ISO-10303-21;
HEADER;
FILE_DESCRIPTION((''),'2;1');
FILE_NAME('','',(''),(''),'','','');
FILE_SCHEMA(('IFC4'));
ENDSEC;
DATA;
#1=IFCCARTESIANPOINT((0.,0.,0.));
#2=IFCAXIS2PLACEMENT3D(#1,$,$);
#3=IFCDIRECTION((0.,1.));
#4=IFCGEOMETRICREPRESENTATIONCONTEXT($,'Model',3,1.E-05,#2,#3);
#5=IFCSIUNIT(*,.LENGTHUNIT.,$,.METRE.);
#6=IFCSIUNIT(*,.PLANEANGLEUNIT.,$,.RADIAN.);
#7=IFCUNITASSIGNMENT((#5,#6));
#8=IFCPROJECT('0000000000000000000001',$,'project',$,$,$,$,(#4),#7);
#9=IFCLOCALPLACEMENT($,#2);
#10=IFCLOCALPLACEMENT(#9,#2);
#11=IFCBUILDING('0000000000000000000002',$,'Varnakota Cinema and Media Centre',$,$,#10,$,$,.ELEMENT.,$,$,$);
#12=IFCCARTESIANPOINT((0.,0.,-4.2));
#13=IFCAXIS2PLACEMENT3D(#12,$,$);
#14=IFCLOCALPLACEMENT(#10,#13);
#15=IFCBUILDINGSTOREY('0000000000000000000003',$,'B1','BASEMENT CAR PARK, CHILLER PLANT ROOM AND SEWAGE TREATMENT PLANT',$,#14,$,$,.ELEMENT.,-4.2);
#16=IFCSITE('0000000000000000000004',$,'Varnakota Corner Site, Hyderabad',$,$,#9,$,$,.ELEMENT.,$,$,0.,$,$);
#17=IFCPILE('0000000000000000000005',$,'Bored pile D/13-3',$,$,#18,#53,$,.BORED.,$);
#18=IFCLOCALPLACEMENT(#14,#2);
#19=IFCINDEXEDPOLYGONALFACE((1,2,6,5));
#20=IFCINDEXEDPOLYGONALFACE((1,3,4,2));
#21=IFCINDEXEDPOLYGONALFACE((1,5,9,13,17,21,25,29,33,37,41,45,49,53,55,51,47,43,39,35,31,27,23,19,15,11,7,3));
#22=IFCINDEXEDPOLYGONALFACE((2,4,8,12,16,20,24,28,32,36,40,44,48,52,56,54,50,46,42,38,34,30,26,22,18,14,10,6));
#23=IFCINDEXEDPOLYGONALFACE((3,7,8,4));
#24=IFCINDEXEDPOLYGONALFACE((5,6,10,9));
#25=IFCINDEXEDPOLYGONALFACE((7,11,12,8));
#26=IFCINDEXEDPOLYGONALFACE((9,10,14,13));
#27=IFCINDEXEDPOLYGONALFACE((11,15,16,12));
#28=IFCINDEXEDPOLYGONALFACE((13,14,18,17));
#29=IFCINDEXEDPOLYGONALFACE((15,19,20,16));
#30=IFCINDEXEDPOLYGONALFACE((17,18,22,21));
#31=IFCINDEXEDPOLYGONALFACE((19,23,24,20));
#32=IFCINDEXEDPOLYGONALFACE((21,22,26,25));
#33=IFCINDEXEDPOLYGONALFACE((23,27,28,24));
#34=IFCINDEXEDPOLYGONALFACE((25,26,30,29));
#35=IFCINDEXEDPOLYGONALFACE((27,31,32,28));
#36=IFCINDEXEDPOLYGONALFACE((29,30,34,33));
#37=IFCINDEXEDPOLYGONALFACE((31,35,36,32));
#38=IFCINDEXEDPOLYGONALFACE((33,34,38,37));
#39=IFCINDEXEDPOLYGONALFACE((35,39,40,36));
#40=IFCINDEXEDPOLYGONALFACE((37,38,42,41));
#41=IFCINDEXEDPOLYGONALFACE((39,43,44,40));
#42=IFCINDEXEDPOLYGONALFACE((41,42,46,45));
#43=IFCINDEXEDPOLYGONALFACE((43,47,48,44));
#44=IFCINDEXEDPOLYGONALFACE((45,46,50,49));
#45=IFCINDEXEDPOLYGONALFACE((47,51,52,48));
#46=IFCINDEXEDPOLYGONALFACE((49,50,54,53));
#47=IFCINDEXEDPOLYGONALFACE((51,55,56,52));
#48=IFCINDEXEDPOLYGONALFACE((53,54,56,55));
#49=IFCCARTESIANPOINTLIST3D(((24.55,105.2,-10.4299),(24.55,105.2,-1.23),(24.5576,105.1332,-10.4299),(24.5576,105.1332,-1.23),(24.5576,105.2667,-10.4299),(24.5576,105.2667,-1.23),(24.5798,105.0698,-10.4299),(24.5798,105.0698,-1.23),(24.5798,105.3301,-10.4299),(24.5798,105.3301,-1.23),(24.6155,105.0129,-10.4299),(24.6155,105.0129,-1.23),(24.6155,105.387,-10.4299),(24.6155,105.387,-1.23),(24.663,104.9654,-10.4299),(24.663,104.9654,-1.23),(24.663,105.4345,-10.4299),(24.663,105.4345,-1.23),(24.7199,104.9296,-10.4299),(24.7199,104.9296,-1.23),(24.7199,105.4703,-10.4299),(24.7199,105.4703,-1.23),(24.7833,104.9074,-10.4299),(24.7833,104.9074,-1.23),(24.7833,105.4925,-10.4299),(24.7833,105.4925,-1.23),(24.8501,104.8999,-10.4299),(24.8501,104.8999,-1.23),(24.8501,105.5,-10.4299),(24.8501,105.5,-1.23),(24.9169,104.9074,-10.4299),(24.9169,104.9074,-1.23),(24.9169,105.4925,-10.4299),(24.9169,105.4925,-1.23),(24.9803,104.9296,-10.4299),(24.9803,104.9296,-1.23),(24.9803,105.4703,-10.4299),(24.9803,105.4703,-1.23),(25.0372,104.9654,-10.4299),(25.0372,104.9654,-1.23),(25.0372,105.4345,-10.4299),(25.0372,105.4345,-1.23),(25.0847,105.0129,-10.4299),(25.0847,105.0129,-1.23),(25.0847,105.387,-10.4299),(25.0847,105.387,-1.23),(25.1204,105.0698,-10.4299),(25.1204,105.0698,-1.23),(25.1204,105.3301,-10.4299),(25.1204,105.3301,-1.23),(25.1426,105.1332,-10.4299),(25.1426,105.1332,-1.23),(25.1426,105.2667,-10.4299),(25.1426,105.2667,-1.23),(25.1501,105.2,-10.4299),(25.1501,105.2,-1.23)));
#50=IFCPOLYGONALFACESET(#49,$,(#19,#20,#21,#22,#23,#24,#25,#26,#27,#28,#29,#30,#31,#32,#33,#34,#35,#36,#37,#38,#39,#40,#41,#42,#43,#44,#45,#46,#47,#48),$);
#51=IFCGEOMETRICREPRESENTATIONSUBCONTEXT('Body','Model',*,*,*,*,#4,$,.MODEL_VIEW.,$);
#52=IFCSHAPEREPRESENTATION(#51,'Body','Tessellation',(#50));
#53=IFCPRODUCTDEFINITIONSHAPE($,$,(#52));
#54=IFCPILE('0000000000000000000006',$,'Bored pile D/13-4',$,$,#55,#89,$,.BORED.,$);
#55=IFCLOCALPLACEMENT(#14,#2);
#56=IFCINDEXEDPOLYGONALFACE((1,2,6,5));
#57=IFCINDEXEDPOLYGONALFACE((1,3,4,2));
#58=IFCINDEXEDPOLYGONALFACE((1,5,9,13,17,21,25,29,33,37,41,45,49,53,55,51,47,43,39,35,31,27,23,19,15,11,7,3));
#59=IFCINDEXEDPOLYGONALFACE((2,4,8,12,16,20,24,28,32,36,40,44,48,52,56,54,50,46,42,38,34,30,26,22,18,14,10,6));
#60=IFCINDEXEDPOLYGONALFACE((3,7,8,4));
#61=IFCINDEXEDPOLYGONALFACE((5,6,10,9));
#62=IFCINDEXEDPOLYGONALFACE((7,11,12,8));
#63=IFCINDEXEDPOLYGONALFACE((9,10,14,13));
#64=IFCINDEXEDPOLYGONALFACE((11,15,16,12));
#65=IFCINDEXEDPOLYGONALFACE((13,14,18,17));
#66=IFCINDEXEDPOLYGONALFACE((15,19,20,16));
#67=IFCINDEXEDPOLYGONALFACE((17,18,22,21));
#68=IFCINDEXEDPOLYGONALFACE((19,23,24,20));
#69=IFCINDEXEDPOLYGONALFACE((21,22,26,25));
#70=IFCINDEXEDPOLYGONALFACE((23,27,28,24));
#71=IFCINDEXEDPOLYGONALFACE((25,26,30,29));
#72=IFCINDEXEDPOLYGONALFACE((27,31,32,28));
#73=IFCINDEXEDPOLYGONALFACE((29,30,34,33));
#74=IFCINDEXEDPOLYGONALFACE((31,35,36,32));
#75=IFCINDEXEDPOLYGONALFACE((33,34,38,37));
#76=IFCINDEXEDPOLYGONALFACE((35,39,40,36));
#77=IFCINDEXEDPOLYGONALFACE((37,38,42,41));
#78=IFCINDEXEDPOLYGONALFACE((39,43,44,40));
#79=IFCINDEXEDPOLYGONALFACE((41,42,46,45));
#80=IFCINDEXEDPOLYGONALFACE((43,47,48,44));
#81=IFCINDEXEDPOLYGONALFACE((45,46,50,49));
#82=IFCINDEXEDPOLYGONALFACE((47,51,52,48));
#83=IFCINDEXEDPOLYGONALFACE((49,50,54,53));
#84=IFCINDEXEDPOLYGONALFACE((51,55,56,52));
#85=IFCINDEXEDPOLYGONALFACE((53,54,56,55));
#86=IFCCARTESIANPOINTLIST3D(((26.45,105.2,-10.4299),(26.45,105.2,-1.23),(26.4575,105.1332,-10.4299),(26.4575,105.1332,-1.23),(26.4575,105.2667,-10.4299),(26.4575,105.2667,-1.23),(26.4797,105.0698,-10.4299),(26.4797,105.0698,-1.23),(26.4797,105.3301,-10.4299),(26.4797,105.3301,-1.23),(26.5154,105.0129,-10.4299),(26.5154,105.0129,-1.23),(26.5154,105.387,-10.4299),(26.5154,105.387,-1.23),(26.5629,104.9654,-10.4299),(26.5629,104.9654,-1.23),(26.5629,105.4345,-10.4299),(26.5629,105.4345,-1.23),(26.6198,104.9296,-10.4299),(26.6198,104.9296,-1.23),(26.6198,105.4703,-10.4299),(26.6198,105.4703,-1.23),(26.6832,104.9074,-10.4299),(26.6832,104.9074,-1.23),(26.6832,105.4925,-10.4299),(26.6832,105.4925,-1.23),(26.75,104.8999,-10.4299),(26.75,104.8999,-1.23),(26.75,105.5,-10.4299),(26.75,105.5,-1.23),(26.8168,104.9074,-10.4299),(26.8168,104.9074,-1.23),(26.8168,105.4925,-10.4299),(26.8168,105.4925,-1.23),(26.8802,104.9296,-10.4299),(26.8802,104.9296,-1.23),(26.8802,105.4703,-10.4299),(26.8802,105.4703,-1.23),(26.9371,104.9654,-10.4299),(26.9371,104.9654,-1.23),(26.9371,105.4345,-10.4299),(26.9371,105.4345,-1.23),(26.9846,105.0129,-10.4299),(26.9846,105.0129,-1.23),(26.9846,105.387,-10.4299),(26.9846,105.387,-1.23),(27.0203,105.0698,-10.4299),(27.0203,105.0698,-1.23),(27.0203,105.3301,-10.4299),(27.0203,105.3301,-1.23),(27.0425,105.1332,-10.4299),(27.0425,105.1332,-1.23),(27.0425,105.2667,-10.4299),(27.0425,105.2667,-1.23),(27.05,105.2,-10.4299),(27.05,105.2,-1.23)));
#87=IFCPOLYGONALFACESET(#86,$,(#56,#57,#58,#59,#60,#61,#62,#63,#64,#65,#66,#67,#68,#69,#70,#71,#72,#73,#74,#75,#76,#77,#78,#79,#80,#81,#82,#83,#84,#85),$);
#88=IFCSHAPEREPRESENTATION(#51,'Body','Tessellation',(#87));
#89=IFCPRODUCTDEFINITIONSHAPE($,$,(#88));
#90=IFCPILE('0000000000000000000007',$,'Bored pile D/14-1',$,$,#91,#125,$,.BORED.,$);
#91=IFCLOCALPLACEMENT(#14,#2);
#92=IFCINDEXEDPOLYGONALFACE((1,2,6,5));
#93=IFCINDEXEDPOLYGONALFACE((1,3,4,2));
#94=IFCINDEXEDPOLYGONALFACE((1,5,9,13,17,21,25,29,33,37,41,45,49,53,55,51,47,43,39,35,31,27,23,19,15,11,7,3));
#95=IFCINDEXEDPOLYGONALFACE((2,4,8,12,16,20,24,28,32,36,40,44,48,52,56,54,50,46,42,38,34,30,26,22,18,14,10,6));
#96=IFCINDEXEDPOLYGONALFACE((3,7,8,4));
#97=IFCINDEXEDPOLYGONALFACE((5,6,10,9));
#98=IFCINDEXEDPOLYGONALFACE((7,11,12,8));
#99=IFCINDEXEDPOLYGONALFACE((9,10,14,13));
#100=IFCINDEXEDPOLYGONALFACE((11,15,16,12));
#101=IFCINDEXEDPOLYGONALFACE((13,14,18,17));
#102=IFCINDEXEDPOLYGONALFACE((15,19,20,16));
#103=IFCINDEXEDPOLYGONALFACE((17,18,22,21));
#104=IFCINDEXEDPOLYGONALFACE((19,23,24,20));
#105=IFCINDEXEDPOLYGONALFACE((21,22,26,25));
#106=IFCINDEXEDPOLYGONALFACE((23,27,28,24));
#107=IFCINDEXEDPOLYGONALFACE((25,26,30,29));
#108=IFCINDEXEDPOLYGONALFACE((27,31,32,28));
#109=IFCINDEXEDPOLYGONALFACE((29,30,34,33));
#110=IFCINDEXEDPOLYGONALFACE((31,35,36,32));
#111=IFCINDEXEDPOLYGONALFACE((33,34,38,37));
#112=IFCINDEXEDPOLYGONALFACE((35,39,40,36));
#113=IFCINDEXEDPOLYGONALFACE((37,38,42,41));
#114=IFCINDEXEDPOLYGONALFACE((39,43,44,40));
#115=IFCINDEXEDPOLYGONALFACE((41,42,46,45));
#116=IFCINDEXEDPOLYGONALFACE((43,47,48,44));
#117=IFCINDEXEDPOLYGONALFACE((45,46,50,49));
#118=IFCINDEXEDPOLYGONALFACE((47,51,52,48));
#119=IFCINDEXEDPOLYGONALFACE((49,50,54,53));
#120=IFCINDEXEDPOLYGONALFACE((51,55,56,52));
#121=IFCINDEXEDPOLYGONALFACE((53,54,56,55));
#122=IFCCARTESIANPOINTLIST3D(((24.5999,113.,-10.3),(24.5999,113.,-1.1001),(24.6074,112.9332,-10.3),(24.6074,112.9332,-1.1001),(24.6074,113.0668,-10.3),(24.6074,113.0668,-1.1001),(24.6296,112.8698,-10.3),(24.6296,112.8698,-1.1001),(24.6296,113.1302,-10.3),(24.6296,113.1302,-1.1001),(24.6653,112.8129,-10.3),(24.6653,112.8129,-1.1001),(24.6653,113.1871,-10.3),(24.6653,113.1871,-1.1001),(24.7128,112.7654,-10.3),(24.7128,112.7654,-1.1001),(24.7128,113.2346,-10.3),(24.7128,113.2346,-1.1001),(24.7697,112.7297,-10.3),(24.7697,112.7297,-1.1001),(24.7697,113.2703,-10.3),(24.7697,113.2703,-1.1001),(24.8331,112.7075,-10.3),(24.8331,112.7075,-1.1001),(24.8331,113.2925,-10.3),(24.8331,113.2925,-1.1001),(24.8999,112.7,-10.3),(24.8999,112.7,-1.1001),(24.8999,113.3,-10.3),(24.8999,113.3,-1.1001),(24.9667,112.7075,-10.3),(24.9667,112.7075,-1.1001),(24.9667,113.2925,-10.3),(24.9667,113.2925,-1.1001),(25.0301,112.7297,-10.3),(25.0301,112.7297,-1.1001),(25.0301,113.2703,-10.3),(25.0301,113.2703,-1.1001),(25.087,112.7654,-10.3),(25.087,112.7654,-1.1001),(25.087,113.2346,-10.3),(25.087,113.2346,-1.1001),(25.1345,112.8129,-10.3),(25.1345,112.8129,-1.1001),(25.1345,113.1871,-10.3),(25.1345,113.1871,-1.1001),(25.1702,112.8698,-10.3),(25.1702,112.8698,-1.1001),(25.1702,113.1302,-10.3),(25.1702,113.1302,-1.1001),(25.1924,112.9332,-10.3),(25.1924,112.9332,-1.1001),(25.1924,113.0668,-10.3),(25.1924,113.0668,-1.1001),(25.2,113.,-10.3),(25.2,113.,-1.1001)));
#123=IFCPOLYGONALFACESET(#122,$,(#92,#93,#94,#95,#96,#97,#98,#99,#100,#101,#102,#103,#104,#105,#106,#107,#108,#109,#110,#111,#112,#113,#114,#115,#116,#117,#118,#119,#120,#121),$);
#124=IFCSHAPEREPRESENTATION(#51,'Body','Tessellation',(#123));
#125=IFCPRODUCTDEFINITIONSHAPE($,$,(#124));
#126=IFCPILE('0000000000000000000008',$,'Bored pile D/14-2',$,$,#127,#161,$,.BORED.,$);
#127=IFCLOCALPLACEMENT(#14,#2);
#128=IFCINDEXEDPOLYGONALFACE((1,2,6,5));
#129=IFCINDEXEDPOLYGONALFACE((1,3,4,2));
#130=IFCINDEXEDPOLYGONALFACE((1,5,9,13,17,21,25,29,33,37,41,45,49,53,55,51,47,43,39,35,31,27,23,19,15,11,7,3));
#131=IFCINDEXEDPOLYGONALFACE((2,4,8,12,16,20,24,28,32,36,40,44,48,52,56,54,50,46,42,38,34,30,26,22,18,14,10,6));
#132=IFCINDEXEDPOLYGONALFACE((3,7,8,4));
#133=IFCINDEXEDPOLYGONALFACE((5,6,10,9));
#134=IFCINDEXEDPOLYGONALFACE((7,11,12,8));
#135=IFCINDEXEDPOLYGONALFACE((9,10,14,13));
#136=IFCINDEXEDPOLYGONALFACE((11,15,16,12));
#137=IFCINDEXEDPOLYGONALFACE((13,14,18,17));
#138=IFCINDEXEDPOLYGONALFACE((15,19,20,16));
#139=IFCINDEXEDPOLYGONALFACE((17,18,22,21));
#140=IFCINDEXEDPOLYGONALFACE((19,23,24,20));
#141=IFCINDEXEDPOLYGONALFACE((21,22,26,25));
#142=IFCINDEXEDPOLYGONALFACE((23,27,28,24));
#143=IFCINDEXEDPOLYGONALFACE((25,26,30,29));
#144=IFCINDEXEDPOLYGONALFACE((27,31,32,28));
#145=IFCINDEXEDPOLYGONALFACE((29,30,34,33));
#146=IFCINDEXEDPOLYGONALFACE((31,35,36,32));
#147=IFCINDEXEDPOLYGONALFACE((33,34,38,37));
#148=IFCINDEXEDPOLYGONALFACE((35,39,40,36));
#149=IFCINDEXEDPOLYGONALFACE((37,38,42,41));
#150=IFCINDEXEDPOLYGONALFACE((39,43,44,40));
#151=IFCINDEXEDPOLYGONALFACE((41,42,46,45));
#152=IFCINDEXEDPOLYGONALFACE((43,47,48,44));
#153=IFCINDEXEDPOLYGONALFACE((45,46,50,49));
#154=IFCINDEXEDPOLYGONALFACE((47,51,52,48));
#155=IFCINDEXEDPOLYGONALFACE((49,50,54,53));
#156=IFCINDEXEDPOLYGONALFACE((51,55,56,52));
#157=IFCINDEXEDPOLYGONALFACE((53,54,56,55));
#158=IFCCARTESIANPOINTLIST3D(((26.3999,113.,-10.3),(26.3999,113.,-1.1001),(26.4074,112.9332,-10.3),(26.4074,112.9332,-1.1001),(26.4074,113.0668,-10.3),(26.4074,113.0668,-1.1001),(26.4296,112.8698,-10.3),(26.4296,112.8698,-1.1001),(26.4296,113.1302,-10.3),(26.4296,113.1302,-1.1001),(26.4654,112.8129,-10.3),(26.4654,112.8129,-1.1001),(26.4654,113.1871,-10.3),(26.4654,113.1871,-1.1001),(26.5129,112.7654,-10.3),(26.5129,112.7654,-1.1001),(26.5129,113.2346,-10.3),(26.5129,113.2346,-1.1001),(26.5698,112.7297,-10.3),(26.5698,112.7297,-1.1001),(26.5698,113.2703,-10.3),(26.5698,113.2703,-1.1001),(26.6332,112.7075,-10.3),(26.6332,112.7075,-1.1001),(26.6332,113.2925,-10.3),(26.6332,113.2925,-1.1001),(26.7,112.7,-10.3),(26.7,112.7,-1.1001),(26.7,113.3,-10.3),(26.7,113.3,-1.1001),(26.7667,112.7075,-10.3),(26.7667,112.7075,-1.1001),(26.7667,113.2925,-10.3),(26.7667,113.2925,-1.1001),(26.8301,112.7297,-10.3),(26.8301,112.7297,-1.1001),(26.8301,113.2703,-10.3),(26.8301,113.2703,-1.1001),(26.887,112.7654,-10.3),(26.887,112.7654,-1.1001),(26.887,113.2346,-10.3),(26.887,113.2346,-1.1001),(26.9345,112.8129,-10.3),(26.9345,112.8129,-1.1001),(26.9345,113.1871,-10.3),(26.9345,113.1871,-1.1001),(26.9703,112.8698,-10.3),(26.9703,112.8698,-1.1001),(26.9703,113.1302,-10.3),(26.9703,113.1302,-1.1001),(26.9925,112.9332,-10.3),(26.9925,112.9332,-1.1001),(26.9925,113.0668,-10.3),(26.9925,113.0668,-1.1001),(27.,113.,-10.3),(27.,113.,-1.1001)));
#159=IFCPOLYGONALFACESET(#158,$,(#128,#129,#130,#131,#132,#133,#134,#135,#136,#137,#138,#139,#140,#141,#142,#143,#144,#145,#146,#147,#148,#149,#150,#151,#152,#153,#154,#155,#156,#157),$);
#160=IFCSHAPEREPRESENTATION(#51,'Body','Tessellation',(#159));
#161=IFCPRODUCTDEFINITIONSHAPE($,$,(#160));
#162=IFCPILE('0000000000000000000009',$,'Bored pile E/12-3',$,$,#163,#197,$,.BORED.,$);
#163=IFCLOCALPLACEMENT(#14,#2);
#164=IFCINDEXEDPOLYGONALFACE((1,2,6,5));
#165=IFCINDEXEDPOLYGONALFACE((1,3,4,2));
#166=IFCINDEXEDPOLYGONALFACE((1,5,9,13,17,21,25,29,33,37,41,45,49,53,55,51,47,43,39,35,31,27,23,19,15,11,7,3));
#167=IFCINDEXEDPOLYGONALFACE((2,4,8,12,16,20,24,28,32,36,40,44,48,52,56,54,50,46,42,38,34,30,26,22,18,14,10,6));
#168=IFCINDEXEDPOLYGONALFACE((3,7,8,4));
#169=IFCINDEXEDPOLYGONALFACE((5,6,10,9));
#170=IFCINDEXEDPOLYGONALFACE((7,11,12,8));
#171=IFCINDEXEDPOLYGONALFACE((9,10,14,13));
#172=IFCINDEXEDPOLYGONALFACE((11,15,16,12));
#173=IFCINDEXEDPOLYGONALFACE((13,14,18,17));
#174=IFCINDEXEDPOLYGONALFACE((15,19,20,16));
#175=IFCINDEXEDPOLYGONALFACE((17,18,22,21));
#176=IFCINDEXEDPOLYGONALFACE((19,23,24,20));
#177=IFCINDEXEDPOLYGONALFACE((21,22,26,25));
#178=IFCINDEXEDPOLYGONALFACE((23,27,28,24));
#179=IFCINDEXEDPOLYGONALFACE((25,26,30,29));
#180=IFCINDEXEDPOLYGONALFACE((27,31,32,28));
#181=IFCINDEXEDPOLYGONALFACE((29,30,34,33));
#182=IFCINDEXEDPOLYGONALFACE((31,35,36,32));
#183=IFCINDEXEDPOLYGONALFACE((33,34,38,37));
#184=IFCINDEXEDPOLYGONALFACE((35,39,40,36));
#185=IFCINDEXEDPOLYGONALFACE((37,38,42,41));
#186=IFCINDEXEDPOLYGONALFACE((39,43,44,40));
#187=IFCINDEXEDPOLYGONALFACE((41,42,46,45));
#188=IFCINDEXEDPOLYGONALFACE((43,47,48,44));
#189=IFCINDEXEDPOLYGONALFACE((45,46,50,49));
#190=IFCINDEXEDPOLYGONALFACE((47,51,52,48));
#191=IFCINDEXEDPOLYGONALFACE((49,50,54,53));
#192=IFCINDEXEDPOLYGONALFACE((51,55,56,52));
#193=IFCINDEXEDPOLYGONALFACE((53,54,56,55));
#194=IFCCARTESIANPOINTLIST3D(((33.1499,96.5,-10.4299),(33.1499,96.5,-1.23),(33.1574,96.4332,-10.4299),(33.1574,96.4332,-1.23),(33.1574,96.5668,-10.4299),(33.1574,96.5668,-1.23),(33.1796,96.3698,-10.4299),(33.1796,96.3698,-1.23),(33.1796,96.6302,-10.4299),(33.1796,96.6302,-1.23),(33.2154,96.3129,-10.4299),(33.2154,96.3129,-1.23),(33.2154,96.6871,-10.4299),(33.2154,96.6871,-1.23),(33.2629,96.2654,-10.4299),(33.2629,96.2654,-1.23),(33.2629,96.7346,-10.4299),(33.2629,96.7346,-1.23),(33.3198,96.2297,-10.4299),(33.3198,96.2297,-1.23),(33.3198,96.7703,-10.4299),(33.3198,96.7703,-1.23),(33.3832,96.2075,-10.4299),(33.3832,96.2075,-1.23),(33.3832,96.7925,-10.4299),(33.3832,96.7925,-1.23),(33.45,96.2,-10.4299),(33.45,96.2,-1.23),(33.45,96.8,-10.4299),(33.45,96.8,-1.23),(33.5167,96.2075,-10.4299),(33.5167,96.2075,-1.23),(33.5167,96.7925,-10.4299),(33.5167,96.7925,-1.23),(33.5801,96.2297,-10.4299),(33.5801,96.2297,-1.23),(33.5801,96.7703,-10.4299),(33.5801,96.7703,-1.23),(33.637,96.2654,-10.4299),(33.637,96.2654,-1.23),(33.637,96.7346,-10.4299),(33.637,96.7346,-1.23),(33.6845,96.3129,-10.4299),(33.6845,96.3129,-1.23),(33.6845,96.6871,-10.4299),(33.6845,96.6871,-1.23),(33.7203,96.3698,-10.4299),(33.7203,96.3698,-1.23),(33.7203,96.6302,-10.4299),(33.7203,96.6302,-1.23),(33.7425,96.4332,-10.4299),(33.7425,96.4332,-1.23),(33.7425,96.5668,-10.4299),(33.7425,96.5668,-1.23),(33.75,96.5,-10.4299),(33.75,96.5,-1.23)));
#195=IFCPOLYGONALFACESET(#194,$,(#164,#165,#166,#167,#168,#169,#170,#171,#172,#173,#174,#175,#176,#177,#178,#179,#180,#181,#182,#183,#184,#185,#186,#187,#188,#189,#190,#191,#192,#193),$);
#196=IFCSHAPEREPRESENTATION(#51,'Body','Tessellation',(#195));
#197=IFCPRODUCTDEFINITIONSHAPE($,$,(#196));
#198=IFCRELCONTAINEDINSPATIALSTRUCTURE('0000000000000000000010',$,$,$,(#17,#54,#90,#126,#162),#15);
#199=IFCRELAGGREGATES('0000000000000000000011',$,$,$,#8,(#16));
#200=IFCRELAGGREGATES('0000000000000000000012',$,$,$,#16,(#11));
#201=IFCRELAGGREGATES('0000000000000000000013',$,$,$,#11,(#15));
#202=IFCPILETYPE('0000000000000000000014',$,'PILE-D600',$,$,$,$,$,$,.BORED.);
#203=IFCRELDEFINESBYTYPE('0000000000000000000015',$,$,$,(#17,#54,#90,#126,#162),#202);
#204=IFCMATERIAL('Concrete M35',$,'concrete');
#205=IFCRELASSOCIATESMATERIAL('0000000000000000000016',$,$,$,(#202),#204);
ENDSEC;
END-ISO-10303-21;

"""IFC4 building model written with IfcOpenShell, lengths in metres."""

from ifc_helpers import new_model, si_unit, direction, frame, origin, origin_2d, place, context, subcontext, project, spatial, circle, extrude, material, material_profile, profile_set, type_object, element, save


model = new_model("IFC4")

# Units and contexts
model_context = context("Model", 3, precision=1e-05, world=origin(), true_north=direction((0.0, 1.0)))
body_context = subcontext(model_context, "Body", "Model", "MODEL_VIEW")
ifc_project = project(units=[si_unit("LENGTHUNIT", "METRE"), si_unit("PLANEANGLEUNIT", "RADIAN")], contexts=[model_context])

# Site, building, storey
site_placement = place(None, origin())
site = spatial("IfcSite", under=ifc_project, at=site_placement, Name="Varnakota Corner Site, Hyderabad", CompositionType="ELEMENT", RefElevation=0.0)
building_placement = place(site_placement, origin())
building = spatial("IfcBuilding", under=site, at=building_placement, Name="Varnakota Cinema and Media Centre", CompositionType="ELEMENT")
storey_placement = place(building_placement, frame((0.0, 0.0, -4.2)))
storey = spatial("IfcBuildingStorey", under=building, at=storey_placement, Name="B1", Description="BASEMENT CAR PARK, CHILLER PLANT ROOM AND SEWAGE TREATMENT PLANT", CompositionType="ELEMENT", Elevation=-4.2)

# Piles
ifc_material_1 = material(Name="Concrete M35", Category="concrete")
ifc_material_profile_1 = material_profile(ifc_material_1, circle(Radius=0.3, at=origin_2d()), Name="PILE D600")
ifc_profile_set_1 = profile_set([ifc_material_profile_1], Name="Concrete M35")
pile_type_1 = type_object("IfcPileType", Name="PILE-D600", PredefinedType="BORED", material=ifc_profile_set_1)
for number, where, z_axis, x_axis, name in (
    (1, (24.8501, 105.2, -1.23), (0.0, 0.0, -1.0), (1.0, 0.0, 0.0), "Bored pile D/13-3"),
    (2, (26.75, 105.2, -1.23), (0.0, 0.0, -1.0), (1.0, 0.0, 0.0), "Bored pile D/13-4"),
    (3, (24.8999, 113.0, -1.1001), (0.0, 0.0, -1.0), (1.0, 0.0, 0.0), "Bored pile D/14-1"),
    (4, (26.7, 113.0, -1.1001), (0.0, 0.0, -1.0), (1.0, 0.0, 0.0), "Bored pile D/14-2"),
    (5, (33.45, 96.5, -1.23), (0.0, 0.0, -1.0), (1.0, 0.0, 0.0), "Bored pile E/12-3"),
):
    element("IfcPile", number, at=place(storey_placement, frame(where, z_axis=z_axis, x_axis=x_axis)), inside=storey, type_object=pile_type_1, Name=name, PredefinedType="BORED", context=body_context, shape_type="SweptSolid", body=[
        extrude(circle(Radius=0.3, at=origin_2d()), origin(), (0.0, 0.0, 1.0), 9.2),
    ])

save(model, "model.ifc")
